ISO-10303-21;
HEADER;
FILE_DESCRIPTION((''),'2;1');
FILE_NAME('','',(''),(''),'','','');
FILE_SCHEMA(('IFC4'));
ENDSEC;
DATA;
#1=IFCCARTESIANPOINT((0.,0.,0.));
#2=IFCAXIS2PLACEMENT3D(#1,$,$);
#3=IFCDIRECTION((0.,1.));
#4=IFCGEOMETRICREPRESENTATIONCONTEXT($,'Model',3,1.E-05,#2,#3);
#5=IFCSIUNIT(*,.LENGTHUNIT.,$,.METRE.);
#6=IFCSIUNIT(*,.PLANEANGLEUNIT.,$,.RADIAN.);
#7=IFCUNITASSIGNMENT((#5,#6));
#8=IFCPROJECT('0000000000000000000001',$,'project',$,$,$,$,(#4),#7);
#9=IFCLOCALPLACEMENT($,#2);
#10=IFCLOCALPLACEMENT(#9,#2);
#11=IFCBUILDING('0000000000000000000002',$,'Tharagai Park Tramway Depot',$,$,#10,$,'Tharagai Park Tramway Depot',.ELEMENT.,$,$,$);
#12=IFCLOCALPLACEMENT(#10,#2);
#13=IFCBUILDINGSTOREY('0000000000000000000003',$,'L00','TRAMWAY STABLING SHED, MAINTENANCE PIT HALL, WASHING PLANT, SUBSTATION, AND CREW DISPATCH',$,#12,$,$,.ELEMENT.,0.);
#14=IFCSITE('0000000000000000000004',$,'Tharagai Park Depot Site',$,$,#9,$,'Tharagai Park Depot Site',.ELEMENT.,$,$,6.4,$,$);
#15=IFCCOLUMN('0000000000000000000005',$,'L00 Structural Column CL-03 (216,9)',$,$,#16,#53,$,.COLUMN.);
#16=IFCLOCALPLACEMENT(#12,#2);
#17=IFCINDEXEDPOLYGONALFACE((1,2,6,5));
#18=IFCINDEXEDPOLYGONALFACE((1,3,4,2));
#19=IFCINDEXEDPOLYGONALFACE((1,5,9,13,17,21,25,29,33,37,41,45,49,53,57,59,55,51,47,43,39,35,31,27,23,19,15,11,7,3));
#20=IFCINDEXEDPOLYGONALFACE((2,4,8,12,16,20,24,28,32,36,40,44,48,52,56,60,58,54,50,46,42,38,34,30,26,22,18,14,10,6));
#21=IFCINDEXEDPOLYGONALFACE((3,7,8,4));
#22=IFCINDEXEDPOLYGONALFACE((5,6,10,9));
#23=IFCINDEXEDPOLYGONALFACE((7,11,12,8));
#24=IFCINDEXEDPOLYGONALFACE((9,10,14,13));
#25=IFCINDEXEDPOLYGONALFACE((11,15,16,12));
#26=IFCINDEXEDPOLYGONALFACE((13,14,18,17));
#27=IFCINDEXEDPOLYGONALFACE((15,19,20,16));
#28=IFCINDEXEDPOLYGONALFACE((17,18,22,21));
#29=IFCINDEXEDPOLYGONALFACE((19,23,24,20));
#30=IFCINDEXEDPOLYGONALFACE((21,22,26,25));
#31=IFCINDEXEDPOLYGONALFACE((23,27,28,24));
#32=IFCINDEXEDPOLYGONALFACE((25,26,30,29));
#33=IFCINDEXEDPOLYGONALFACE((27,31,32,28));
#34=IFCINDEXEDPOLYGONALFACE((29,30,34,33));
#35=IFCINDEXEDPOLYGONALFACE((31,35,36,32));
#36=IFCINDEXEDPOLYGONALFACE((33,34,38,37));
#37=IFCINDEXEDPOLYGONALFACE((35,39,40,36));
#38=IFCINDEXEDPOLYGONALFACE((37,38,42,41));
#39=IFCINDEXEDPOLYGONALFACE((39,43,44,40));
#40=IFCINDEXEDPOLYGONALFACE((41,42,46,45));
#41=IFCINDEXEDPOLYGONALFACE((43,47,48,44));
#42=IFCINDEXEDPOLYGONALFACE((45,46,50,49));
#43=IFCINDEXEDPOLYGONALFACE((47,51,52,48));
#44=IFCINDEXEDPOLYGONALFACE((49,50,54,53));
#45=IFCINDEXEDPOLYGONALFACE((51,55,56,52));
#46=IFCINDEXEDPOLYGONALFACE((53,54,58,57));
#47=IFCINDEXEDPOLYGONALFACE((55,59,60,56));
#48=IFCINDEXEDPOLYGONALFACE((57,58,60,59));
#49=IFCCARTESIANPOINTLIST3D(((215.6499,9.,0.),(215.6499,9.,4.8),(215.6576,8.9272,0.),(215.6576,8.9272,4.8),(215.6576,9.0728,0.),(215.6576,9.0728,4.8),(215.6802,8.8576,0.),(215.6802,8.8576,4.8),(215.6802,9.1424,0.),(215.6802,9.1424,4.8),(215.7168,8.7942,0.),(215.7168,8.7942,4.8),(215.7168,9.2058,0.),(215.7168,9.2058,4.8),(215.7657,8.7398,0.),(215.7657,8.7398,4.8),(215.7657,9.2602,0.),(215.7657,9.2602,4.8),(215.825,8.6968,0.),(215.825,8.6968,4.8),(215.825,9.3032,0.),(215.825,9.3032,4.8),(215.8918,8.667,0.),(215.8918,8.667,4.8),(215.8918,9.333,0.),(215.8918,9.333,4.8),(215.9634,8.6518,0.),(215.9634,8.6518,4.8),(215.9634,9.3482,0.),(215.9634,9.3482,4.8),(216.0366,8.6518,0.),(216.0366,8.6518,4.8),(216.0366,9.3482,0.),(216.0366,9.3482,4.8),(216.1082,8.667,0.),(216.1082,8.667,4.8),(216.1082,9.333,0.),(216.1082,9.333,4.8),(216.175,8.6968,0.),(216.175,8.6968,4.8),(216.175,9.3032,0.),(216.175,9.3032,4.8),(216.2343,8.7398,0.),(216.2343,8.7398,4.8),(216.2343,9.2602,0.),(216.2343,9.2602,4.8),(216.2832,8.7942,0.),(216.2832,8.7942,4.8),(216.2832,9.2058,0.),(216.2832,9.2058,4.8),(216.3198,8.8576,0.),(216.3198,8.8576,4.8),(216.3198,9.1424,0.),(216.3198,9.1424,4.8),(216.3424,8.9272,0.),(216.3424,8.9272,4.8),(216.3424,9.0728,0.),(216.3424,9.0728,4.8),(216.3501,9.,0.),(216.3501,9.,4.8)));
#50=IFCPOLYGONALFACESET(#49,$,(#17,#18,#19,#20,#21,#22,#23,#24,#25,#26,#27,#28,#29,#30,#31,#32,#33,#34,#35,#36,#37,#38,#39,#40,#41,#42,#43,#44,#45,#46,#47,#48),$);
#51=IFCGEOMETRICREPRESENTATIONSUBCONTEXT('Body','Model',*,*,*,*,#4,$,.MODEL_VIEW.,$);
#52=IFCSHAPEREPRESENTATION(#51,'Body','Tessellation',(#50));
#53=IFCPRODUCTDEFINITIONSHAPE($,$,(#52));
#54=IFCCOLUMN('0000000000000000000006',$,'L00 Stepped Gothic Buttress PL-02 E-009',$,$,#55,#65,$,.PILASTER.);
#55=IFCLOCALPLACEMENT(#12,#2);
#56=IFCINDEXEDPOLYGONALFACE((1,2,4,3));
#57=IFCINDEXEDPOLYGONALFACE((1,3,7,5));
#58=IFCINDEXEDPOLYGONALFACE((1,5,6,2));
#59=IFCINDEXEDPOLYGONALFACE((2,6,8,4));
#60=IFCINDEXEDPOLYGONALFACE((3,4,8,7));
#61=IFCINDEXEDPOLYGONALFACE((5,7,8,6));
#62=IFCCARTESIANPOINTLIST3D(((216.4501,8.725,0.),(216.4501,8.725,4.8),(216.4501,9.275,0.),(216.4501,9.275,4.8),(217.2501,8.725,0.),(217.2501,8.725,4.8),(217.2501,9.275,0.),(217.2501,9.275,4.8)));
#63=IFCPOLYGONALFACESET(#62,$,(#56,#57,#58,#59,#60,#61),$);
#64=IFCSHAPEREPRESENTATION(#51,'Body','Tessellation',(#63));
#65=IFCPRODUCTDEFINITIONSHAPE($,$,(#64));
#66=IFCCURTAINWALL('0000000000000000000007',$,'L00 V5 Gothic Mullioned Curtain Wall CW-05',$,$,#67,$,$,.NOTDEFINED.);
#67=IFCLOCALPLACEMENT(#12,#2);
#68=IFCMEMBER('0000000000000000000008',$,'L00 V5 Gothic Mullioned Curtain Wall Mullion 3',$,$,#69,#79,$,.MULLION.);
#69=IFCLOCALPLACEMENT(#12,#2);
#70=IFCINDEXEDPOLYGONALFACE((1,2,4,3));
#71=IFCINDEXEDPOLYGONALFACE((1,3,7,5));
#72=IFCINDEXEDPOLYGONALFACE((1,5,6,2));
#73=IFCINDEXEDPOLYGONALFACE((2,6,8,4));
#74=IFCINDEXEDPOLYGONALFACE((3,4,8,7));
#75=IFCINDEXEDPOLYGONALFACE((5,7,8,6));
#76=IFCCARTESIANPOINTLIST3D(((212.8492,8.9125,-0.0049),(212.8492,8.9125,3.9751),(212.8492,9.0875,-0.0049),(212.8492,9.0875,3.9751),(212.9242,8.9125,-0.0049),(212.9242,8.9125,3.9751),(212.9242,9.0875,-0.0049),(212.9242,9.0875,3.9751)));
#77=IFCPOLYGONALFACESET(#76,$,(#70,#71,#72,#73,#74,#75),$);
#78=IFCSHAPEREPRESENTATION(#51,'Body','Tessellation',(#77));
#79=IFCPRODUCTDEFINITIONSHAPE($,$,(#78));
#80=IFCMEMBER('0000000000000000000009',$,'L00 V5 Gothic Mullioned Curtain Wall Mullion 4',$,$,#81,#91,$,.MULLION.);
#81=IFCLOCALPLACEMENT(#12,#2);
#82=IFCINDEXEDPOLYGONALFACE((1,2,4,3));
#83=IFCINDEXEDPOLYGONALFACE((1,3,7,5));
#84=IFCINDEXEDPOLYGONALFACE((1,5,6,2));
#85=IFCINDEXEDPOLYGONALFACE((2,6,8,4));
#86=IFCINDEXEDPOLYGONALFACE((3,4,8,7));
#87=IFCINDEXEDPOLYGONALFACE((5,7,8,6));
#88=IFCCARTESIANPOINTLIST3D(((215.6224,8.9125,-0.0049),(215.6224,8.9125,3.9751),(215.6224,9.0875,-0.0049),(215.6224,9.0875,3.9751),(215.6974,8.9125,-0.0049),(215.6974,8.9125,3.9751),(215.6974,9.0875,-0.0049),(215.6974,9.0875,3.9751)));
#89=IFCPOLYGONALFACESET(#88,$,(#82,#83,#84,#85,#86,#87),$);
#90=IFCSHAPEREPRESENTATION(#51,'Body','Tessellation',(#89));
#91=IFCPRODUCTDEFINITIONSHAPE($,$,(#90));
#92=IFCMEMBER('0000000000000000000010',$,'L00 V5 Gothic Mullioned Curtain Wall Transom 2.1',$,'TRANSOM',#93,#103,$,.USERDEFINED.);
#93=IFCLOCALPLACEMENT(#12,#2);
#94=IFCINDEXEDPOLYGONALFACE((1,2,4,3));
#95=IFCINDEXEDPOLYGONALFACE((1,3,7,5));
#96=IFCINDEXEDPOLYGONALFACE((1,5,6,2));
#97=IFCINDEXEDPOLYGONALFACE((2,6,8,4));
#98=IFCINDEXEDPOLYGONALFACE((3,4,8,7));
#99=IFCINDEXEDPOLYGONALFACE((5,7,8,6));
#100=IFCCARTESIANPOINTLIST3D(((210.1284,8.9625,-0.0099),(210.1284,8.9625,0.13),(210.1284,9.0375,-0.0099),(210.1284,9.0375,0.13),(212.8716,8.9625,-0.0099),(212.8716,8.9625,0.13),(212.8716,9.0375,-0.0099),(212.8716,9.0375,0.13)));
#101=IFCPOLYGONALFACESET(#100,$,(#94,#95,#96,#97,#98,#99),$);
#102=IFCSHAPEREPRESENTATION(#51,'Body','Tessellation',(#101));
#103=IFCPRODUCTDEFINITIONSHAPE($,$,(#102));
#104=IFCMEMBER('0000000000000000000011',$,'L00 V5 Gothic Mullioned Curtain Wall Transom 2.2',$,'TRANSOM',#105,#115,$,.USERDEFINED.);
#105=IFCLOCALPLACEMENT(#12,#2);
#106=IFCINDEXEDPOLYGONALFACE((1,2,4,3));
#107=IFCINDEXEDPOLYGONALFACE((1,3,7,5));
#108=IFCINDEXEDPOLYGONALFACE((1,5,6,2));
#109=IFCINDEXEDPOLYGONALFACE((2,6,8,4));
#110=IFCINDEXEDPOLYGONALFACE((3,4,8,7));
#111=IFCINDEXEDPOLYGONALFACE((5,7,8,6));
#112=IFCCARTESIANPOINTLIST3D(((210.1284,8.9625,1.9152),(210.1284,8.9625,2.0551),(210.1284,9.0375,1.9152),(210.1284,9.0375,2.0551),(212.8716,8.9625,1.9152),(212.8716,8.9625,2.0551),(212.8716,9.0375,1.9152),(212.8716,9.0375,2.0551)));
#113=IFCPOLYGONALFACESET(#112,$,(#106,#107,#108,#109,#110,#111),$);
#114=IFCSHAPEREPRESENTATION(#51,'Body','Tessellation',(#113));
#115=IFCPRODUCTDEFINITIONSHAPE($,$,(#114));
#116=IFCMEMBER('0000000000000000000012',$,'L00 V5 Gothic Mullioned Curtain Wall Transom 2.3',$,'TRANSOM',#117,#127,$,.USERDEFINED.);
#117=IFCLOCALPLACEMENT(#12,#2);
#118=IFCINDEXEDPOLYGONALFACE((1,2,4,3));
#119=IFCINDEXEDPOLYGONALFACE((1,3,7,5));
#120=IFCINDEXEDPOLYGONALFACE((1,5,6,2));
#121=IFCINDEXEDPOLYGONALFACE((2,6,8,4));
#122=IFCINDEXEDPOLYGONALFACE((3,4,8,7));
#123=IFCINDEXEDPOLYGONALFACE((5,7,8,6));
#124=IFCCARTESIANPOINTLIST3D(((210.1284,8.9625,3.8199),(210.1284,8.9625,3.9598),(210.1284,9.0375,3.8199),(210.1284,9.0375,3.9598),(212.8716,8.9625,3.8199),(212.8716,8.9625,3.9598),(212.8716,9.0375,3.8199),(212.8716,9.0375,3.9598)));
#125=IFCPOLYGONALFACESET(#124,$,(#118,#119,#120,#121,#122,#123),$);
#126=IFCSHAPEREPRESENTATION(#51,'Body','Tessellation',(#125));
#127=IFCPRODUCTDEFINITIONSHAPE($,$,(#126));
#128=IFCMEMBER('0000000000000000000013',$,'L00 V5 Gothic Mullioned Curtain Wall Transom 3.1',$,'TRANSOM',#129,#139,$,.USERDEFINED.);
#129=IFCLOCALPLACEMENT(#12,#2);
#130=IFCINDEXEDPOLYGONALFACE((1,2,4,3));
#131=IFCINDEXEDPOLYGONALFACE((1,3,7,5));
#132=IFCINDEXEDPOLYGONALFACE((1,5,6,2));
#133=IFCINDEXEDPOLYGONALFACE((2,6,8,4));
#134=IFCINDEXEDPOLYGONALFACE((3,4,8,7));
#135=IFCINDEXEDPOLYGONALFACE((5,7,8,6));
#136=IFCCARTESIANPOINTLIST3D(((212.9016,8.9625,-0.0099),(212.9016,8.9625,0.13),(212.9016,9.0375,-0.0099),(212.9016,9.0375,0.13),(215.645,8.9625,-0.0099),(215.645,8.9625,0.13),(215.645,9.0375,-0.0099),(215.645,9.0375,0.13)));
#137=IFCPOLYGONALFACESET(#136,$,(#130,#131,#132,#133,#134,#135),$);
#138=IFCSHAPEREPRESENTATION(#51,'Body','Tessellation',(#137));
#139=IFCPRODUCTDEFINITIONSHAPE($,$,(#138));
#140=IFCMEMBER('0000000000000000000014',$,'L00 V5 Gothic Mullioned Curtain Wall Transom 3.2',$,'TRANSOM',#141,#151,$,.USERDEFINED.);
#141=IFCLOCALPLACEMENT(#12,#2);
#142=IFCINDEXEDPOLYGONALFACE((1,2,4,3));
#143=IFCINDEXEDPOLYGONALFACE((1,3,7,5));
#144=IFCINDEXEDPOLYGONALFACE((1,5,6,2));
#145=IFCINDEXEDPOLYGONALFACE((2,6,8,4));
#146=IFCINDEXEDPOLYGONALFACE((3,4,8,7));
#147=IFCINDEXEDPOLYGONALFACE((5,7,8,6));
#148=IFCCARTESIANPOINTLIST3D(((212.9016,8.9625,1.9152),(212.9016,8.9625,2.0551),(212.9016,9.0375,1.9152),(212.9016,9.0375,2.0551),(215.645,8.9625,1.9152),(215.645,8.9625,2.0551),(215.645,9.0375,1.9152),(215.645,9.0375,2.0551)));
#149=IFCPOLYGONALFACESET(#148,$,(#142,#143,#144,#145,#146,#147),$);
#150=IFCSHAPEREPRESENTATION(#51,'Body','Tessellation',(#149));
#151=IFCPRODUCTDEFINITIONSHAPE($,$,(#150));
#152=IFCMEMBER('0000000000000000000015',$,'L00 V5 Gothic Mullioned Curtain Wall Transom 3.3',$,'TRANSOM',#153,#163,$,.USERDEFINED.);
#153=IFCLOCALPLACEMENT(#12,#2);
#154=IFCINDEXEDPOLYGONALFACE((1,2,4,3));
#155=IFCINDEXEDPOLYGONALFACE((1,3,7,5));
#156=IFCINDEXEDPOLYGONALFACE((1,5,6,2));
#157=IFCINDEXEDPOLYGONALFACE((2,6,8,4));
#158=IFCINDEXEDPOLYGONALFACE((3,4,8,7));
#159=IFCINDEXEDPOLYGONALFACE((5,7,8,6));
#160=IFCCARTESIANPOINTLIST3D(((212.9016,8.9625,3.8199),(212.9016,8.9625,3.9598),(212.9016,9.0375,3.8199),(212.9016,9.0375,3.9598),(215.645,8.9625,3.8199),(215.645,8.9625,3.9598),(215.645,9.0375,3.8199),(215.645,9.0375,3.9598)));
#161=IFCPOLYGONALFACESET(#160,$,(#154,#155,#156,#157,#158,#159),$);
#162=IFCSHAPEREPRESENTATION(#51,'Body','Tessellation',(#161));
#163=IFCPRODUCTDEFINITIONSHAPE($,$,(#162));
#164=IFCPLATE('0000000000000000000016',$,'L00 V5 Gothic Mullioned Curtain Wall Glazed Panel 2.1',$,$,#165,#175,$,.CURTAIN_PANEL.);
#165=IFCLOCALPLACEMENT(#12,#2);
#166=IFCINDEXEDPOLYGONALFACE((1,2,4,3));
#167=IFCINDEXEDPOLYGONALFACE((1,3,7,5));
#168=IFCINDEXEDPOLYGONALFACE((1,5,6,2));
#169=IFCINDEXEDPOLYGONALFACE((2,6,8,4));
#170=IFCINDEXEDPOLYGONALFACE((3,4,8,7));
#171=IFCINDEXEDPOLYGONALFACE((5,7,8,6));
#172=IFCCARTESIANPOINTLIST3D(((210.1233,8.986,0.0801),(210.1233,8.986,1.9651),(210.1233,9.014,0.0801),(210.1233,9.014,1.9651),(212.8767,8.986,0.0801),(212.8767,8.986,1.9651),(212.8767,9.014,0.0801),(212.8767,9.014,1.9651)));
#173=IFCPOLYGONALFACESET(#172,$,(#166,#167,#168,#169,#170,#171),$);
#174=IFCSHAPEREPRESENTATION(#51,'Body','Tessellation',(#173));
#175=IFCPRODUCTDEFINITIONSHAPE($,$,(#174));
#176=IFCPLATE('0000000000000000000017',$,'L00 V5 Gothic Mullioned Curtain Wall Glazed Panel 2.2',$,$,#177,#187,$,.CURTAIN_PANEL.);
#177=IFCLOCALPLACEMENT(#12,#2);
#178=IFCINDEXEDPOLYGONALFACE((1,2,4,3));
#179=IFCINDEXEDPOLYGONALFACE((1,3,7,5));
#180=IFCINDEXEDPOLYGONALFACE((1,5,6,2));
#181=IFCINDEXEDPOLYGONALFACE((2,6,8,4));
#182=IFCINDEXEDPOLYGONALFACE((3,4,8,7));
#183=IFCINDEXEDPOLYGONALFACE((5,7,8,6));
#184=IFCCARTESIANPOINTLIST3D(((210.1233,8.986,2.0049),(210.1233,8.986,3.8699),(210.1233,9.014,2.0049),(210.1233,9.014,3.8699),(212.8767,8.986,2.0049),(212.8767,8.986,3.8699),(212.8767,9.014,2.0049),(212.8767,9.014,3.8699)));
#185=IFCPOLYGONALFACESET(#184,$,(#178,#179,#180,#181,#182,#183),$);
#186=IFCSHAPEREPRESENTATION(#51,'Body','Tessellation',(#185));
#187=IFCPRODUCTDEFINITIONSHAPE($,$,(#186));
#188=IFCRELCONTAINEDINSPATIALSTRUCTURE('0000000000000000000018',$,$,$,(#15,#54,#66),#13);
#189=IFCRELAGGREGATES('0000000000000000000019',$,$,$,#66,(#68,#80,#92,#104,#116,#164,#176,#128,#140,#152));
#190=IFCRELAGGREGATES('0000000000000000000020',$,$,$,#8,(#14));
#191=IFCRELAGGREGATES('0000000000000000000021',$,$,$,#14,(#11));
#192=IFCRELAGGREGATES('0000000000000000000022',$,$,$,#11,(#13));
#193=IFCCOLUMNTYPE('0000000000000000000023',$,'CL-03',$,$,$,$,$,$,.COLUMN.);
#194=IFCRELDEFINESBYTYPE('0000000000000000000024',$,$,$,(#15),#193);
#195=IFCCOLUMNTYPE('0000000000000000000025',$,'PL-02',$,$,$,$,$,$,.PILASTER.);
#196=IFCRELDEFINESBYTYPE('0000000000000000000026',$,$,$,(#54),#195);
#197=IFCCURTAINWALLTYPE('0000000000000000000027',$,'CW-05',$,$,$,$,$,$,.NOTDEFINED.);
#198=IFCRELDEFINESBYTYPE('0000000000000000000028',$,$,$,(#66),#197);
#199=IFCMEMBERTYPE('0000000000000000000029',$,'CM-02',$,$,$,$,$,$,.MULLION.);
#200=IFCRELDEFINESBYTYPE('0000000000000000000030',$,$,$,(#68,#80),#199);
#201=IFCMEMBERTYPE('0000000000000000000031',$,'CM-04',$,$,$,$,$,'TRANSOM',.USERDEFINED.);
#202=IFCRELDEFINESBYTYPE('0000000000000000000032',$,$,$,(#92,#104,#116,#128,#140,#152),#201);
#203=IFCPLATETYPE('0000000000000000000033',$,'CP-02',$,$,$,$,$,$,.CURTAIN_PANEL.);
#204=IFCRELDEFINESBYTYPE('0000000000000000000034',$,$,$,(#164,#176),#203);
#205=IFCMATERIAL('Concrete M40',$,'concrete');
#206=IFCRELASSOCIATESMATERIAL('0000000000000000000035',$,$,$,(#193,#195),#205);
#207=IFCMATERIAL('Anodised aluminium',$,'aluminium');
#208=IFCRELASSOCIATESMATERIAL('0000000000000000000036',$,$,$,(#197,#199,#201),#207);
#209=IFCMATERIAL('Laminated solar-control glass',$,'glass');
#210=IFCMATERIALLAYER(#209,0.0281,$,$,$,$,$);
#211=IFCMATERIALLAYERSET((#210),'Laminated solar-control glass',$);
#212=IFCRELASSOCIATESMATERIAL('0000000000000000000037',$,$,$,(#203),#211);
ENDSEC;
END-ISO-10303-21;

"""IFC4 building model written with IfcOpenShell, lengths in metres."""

from ifc_helpers import new_model, si_unit, direction, frame, origin, origin_2d, place, context, subcontext, project, spatial, rectangle, circle, extrude, material, layer, layer_set, material_profile, profile_set, type_object, element, aggregate, save


model = new_model("IFC4")

# Units and contexts
model_context = context("Model", 3, precision=1e-05, world=origin(), true_north=direction((0.0, 1.0)))
body_context = subcontext(model_context, "Body", "Model", "MODEL_VIEW")
ifc_project = project(units=[si_unit("LENGTHUNIT", "METRE"), si_unit("PLANEANGLEUNIT", "RADIAN")], contexts=[model_context])

# Site, building, storey
site_placement = place(None, origin())
site = spatial("IfcSite", under=ifc_project, at=site_placement, Name="Tharagai Park Depot Site", LongName="Tharagai Park Depot Site", CompositionType="ELEMENT", RefElevation=6.4)
building_placement = place(site_placement, origin())
building = spatial("IfcBuilding", under=site, at=building_placement, Name="Tharagai Park Tramway Depot", LongName="Tharagai Park Tramway Depot", CompositionType="ELEMENT")
storey_placement = place(building_placement, origin())
storey = spatial("IfcBuildingStorey", under=building, at=storey_placement, Name="L00", Description="TRAMWAY STABLING SHED, MAINTENANCE PIT HALL, WASHING PLANT, SUBSTATION, AND CREW DISPATCH", CompositionType="ELEMENT", Elevation=0.0)

# Shared definitions
ifc_material_1 = material(Name="Concrete M40", Category="concrete")

# Columns
ifc_material_profile_1 = material_profile(ifc_material_1, circle(Radius=0.3501, at=origin_2d()), Name="RC D700")
ifc_profile_set_1 = profile_set([ifc_material_profile_1], Name="Concrete M40")
column_type_1 = type_object("IfcColumnType", Name="CL-03", PredefinedType="COLUMN", material=ifc_profile_set_1)
column_1_placement = place(storey_placement, frame((216.0, 9.0, 0.0), z_axis=(0.0, 0.0, 1.0), x_axis=(1.0, 0.0, 0.0)))
element("IfcColumn", 1, at=column_1_placement, inside=storey, type_object=column_type_1, Name="L00 Structural Column CL-03 (216,9)", PredefinedType="COLUMN", context=body_context, shape_type="SweptSolid", body=[
    extrude(circle(Radius=0.3501, at=origin_2d()), origin(), (0.0, 0.0, 1.0), 4.8),
])
ifc_material_profile_2 = material_profile(ifc_material_1, rectangle(XDim=0.55, YDim=0.8, at=origin_2d()), Name="RC 550x800")
ifc_profile_set_2 = profile_set([ifc_material_profile_2], Name="Concrete M40")
column_type_2 = type_object("IfcColumnType", Name="PL-02", PredefinedType="PILASTER", material=ifc_profile_set_2)
column_2_placement = place(storey_placement, frame((216.8501, 9.0, 0.0), z_axis=(0.0, 0.0, 1.0), x_axis=(0.0, 1.0, 0.0)))
element("IfcColumn", 2, at=column_2_placement, inside=storey, type_object=column_type_2, Name="L00 Stepped Gothic Buttress PL-02 E-009", PredefinedType="PILASTER", context=body_context, shape_type="SweptSolid", body=[
    extrude(rectangle(XDim=0.55, YDim=0.8, at=origin_2d()), origin(), (0.0, 0.0, 1.0), 4.8),
])

# Curtain wall, members, plates
ifc_material_2 = material(Name="Anodised aluminium", Category="aluminium")
curtain_wall_type = type_object("IfcCurtainWallType", Name="CW-05", PredefinedType="NOTDEFINED", material=ifc_material_2)
curtain_wall_placement = place(storey_placement, origin())
curtain_wall = element("IfcCurtainWall", 3, at=curtain_wall_placement, inside=storey, type_object=curtain_wall_type, Name="L00 V5 Gothic Mullioned Curtain Wall CW-05", PredefinedType="NOTDEFINED")
ifc_material_profile_3 = material_profile(ifc_material_2, rectangle(XDim=0.075, YDim=0.175, at=origin_2d()), Name="ALU 75x175")
ifc_profile_set_3 = profile_set([ifc_material_profile_3], Name="Anodised aluminium")
member_type_1 = type_object("IfcMemberType", Name="CM-02", PredefinedType="MULLION", material=ifc_profile_set_3)
member_1_placement = place(storey_placement, frame((212.8867, 9.0, -0.0049), z_axis=(0.0, 0.0, 1.0), x_axis=(1.0, 0.0, 0.0)))
member_1 = element("IfcMember", 4, at=member_1_placement, type_object=member_type_1, Name="L00 V5 Gothic Mullioned Curtain Wall Mullion 3", PredefinedType="MULLION", context=body_context, shape_type="SweptSolid", body=[
    extrude(rectangle(XDim=0.075, YDim=0.175, at=origin_2d()), origin(), (0.0, 0.0, 1.0), 3.98),
])
member_2_placement = place(storey_placement, frame((215.6599, 9.0, -0.0049), z_axis=(0.0, 0.0, 1.0), x_axis=(1.0, 0.0, 0.0)))
member_2 = element("IfcMember", 5, at=member_2_placement, type_object=member_type_1, Name="L00 V5 Gothic Mullioned Curtain Wall Mullion 4", PredefinedType="MULLION", context=body_context, shape_type="SweptSolid", body=[
    extrude(rectangle(XDim=0.075, YDim=0.175, at=origin_2d()), origin(), (0.0, 0.0, 1.0), 3.98),
])
ifc_material_profile_4 = material_profile(ifc_material_2, rectangle(XDim=0.075, YDim=0.1399, at=origin_2d()), Name="ALU 75x140")
ifc_profile_set_4 = profile_set([ifc_material_profile_4], Name="Anodised aluminium")
member_type_2 = type_object("IfcMemberType", Name="CM-04", ElementType="TRANSOM", PredefinedType="USERDEFINED", material=ifc_profile_set_4)
member_3_placement = place(storey_placement, frame((210.1284, 9.0, 0.0601), z_axis=(1.0, 0.0, 0.0), x_axis=(0.0, 1.0, 0.0)))
member_3 = element("IfcMember", 6, at=member_3_placement, type_object=member_type_2, Name="L00 V5 Gothic Mullioned Curtain Wall Transom 2.1", ObjectType="TRANSOM", PredefinedType="USERDEFINED", context=body_context, shape_type="SweptSolid", body=[
    extrude(rectangle(XDim=0.075, YDim=0.1399, at=origin_2d()), origin(), (0.0, 0.0, 1.0), 2.7432),
])
member_4_placement = place(storey_placement, frame((210.1284, 9.0, 1.9851), z_axis=(1.0, 0.0, 0.0), x_axis=(0.0, 1.0, 0.0)))
member_4 = element("IfcMember", 7, at=member_4_placement, type_object=member_type_2, Name="L00 V5 Gothic Mullioned Curtain Wall Transom 2.2", ObjectType="TRANSOM", PredefinedType="USERDEFINED", context=body_context, shape_type="SweptSolid", body=[
    extrude(rectangle(XDim=0.075, YDim=0.1399, at=origin_2d()), origin(), (0.0, 0.0, 1.0), 2.7432),
])
member_5_placement = place(storey_placement, frame((210.1284, 9.0, 3.8899), z_axis=(1.0, 0.0, 0.0), x_axis=(0.0, 1.0, 0.0)))
member_5 = element("IfcMember", 8, at=member_5_placement, type_object=member_type_2, Name="L00 V5 Gothic Mullioned Curtain Wall Transom 2.3", ObjectType="TRANSOM", PredefinedType="USERDEFINED", context=body_context, shape_type="SweptSolid", body=[
    extrude(rectangle(XDim=0.075, YDim=0.1399, at=origin_2d()), origin(), (0.0, 0.0, 1.0), 2.7432),
])
member_6_placement = place(storey_placement, frame((212.9016, 9.0, 0.0601), z_axis=(1.0, 0.0, 0.0), x_axis=(0.0, 1.0, 0.0)))
member_6 = element("IfcMember", 9, at=member_6_placement, type_object=member_type_2, Name="L00 V5 Gothic Mullioned Curtain Wall Transom 3.1", ObjectType="TRANSOM", PredefinedType="USERDEFINED", context=body_context, shape_type="SweptSolid", body=[
    extrude(rectangle(XDim=0.075, YDim=0.1399, at=origin_2d()), origin(), (0.0, 0.0, 1.0), 2.7434),
])
member_7_placement = place(storey_placement, frame((212.9016, 9.0, 1.9851), z_axis=(1.0, 0.0, 0.0), x_axis=(0.0, 1.0, 0.0)))
member_7 = element("IfcMember", 10, at=member_7_placement, type_object=member_type_2, Name="L00 V5 Gothic Mullioned Curtain Wall Transom 3.2", ObjectType="TRANSOM", PredefinedType="USERDEFINED", context=body_context, shape_type="SweptSolid", body=[
    extrude(rectangle(XDim=0.075, YDim=0.1399, at=origin_2d()), origin(), (0.0, 0.0, 1.0), 2.7434),
])
member_8_placement = place(storey_placement, frame((212.9016, 9.0, 3.8899), z_axis=(1.0, 0.0, 0.0), x_axis=(0.0, 1.0, 0.0)))
member_8 = element("IfcMember", 11, at=member_8_placement, type_object=member_type_2, Name="L00 V5 Gothic Mullioned Curtain Wall Transom 3.3", ObjectType="TRANSOM", PredefinedType="USERDEFINED", context=body_context, shape_type="SweptSolid", body=[
    extrude(rectangle(XDim=0.075, YDim=0.1399, at=origin_2d()), origin(), (0.0, 0.0, 1.0), 2.7434),
])
ifc_material_3 = material(Name="Laminated solar-control glass", Category="glass")
ifc_layer_1 = layer(ifc_material_3, 0.0281)
ifc_layer_set_1 = layer_set([ifc_layer_1], Name="Laminated solar-control glass")
plate_type = type_object("IfcPlateType", Name="CP-02", PredefinedType="CURTAIN_PANEL", material=ifc_layer_set_1)
plate_1_placement = place(storey_placement, frame((211.5, 9.0, 0.0801), z_axis=(0.0, 0.0, 1.0), x_axis=(1.0, 0.0, 0.0)))
plate_1 = element("IfcPlate", 12, at=plate_1_placement, type_object=plate_type, Name="L00 V5 Gothic Mullioned Curtain Wall Glazed Panel 2.1", PredefinedType="CURTAIN_PANEL", context=body_context, shape_type="SweptSolid", body=[
    extrude(rectangle(XDim=2.7534, YDim=0.0281, at=origin_2d()), origin(), (0.0, 0.0, 1.0), 1.885),
])
plate_2_placement = place(storey_placement, frame((211.5, 9.0, 2.0049), z_axis=(0.0, 0.0, 1.0), x_axis=(1.0, 0.0, 0.0)))
plate_2 = element("IfcPlate", 13, at=plate_2_placement, type_object=plate_type, Name="L00 V5 Gothic Mullioned Curtain Wall Glazed Panel 2.2", PredefinedType="CURTAIN_PANEL", context=body_context, shape_type="SweptSolid", body=[
    extrude(rectangle(XDim=2.7534, YDim=0.0281, at=origin_2d()), origin(), (0.0, 0.0, 1.0), 1.865),
])
aggregate(curtain_wall, [member_1, member_2, member_3, member_4, member_5, plate_1, plate_2, member_6, member_7, member_8])

save(model, "model.ifc")
